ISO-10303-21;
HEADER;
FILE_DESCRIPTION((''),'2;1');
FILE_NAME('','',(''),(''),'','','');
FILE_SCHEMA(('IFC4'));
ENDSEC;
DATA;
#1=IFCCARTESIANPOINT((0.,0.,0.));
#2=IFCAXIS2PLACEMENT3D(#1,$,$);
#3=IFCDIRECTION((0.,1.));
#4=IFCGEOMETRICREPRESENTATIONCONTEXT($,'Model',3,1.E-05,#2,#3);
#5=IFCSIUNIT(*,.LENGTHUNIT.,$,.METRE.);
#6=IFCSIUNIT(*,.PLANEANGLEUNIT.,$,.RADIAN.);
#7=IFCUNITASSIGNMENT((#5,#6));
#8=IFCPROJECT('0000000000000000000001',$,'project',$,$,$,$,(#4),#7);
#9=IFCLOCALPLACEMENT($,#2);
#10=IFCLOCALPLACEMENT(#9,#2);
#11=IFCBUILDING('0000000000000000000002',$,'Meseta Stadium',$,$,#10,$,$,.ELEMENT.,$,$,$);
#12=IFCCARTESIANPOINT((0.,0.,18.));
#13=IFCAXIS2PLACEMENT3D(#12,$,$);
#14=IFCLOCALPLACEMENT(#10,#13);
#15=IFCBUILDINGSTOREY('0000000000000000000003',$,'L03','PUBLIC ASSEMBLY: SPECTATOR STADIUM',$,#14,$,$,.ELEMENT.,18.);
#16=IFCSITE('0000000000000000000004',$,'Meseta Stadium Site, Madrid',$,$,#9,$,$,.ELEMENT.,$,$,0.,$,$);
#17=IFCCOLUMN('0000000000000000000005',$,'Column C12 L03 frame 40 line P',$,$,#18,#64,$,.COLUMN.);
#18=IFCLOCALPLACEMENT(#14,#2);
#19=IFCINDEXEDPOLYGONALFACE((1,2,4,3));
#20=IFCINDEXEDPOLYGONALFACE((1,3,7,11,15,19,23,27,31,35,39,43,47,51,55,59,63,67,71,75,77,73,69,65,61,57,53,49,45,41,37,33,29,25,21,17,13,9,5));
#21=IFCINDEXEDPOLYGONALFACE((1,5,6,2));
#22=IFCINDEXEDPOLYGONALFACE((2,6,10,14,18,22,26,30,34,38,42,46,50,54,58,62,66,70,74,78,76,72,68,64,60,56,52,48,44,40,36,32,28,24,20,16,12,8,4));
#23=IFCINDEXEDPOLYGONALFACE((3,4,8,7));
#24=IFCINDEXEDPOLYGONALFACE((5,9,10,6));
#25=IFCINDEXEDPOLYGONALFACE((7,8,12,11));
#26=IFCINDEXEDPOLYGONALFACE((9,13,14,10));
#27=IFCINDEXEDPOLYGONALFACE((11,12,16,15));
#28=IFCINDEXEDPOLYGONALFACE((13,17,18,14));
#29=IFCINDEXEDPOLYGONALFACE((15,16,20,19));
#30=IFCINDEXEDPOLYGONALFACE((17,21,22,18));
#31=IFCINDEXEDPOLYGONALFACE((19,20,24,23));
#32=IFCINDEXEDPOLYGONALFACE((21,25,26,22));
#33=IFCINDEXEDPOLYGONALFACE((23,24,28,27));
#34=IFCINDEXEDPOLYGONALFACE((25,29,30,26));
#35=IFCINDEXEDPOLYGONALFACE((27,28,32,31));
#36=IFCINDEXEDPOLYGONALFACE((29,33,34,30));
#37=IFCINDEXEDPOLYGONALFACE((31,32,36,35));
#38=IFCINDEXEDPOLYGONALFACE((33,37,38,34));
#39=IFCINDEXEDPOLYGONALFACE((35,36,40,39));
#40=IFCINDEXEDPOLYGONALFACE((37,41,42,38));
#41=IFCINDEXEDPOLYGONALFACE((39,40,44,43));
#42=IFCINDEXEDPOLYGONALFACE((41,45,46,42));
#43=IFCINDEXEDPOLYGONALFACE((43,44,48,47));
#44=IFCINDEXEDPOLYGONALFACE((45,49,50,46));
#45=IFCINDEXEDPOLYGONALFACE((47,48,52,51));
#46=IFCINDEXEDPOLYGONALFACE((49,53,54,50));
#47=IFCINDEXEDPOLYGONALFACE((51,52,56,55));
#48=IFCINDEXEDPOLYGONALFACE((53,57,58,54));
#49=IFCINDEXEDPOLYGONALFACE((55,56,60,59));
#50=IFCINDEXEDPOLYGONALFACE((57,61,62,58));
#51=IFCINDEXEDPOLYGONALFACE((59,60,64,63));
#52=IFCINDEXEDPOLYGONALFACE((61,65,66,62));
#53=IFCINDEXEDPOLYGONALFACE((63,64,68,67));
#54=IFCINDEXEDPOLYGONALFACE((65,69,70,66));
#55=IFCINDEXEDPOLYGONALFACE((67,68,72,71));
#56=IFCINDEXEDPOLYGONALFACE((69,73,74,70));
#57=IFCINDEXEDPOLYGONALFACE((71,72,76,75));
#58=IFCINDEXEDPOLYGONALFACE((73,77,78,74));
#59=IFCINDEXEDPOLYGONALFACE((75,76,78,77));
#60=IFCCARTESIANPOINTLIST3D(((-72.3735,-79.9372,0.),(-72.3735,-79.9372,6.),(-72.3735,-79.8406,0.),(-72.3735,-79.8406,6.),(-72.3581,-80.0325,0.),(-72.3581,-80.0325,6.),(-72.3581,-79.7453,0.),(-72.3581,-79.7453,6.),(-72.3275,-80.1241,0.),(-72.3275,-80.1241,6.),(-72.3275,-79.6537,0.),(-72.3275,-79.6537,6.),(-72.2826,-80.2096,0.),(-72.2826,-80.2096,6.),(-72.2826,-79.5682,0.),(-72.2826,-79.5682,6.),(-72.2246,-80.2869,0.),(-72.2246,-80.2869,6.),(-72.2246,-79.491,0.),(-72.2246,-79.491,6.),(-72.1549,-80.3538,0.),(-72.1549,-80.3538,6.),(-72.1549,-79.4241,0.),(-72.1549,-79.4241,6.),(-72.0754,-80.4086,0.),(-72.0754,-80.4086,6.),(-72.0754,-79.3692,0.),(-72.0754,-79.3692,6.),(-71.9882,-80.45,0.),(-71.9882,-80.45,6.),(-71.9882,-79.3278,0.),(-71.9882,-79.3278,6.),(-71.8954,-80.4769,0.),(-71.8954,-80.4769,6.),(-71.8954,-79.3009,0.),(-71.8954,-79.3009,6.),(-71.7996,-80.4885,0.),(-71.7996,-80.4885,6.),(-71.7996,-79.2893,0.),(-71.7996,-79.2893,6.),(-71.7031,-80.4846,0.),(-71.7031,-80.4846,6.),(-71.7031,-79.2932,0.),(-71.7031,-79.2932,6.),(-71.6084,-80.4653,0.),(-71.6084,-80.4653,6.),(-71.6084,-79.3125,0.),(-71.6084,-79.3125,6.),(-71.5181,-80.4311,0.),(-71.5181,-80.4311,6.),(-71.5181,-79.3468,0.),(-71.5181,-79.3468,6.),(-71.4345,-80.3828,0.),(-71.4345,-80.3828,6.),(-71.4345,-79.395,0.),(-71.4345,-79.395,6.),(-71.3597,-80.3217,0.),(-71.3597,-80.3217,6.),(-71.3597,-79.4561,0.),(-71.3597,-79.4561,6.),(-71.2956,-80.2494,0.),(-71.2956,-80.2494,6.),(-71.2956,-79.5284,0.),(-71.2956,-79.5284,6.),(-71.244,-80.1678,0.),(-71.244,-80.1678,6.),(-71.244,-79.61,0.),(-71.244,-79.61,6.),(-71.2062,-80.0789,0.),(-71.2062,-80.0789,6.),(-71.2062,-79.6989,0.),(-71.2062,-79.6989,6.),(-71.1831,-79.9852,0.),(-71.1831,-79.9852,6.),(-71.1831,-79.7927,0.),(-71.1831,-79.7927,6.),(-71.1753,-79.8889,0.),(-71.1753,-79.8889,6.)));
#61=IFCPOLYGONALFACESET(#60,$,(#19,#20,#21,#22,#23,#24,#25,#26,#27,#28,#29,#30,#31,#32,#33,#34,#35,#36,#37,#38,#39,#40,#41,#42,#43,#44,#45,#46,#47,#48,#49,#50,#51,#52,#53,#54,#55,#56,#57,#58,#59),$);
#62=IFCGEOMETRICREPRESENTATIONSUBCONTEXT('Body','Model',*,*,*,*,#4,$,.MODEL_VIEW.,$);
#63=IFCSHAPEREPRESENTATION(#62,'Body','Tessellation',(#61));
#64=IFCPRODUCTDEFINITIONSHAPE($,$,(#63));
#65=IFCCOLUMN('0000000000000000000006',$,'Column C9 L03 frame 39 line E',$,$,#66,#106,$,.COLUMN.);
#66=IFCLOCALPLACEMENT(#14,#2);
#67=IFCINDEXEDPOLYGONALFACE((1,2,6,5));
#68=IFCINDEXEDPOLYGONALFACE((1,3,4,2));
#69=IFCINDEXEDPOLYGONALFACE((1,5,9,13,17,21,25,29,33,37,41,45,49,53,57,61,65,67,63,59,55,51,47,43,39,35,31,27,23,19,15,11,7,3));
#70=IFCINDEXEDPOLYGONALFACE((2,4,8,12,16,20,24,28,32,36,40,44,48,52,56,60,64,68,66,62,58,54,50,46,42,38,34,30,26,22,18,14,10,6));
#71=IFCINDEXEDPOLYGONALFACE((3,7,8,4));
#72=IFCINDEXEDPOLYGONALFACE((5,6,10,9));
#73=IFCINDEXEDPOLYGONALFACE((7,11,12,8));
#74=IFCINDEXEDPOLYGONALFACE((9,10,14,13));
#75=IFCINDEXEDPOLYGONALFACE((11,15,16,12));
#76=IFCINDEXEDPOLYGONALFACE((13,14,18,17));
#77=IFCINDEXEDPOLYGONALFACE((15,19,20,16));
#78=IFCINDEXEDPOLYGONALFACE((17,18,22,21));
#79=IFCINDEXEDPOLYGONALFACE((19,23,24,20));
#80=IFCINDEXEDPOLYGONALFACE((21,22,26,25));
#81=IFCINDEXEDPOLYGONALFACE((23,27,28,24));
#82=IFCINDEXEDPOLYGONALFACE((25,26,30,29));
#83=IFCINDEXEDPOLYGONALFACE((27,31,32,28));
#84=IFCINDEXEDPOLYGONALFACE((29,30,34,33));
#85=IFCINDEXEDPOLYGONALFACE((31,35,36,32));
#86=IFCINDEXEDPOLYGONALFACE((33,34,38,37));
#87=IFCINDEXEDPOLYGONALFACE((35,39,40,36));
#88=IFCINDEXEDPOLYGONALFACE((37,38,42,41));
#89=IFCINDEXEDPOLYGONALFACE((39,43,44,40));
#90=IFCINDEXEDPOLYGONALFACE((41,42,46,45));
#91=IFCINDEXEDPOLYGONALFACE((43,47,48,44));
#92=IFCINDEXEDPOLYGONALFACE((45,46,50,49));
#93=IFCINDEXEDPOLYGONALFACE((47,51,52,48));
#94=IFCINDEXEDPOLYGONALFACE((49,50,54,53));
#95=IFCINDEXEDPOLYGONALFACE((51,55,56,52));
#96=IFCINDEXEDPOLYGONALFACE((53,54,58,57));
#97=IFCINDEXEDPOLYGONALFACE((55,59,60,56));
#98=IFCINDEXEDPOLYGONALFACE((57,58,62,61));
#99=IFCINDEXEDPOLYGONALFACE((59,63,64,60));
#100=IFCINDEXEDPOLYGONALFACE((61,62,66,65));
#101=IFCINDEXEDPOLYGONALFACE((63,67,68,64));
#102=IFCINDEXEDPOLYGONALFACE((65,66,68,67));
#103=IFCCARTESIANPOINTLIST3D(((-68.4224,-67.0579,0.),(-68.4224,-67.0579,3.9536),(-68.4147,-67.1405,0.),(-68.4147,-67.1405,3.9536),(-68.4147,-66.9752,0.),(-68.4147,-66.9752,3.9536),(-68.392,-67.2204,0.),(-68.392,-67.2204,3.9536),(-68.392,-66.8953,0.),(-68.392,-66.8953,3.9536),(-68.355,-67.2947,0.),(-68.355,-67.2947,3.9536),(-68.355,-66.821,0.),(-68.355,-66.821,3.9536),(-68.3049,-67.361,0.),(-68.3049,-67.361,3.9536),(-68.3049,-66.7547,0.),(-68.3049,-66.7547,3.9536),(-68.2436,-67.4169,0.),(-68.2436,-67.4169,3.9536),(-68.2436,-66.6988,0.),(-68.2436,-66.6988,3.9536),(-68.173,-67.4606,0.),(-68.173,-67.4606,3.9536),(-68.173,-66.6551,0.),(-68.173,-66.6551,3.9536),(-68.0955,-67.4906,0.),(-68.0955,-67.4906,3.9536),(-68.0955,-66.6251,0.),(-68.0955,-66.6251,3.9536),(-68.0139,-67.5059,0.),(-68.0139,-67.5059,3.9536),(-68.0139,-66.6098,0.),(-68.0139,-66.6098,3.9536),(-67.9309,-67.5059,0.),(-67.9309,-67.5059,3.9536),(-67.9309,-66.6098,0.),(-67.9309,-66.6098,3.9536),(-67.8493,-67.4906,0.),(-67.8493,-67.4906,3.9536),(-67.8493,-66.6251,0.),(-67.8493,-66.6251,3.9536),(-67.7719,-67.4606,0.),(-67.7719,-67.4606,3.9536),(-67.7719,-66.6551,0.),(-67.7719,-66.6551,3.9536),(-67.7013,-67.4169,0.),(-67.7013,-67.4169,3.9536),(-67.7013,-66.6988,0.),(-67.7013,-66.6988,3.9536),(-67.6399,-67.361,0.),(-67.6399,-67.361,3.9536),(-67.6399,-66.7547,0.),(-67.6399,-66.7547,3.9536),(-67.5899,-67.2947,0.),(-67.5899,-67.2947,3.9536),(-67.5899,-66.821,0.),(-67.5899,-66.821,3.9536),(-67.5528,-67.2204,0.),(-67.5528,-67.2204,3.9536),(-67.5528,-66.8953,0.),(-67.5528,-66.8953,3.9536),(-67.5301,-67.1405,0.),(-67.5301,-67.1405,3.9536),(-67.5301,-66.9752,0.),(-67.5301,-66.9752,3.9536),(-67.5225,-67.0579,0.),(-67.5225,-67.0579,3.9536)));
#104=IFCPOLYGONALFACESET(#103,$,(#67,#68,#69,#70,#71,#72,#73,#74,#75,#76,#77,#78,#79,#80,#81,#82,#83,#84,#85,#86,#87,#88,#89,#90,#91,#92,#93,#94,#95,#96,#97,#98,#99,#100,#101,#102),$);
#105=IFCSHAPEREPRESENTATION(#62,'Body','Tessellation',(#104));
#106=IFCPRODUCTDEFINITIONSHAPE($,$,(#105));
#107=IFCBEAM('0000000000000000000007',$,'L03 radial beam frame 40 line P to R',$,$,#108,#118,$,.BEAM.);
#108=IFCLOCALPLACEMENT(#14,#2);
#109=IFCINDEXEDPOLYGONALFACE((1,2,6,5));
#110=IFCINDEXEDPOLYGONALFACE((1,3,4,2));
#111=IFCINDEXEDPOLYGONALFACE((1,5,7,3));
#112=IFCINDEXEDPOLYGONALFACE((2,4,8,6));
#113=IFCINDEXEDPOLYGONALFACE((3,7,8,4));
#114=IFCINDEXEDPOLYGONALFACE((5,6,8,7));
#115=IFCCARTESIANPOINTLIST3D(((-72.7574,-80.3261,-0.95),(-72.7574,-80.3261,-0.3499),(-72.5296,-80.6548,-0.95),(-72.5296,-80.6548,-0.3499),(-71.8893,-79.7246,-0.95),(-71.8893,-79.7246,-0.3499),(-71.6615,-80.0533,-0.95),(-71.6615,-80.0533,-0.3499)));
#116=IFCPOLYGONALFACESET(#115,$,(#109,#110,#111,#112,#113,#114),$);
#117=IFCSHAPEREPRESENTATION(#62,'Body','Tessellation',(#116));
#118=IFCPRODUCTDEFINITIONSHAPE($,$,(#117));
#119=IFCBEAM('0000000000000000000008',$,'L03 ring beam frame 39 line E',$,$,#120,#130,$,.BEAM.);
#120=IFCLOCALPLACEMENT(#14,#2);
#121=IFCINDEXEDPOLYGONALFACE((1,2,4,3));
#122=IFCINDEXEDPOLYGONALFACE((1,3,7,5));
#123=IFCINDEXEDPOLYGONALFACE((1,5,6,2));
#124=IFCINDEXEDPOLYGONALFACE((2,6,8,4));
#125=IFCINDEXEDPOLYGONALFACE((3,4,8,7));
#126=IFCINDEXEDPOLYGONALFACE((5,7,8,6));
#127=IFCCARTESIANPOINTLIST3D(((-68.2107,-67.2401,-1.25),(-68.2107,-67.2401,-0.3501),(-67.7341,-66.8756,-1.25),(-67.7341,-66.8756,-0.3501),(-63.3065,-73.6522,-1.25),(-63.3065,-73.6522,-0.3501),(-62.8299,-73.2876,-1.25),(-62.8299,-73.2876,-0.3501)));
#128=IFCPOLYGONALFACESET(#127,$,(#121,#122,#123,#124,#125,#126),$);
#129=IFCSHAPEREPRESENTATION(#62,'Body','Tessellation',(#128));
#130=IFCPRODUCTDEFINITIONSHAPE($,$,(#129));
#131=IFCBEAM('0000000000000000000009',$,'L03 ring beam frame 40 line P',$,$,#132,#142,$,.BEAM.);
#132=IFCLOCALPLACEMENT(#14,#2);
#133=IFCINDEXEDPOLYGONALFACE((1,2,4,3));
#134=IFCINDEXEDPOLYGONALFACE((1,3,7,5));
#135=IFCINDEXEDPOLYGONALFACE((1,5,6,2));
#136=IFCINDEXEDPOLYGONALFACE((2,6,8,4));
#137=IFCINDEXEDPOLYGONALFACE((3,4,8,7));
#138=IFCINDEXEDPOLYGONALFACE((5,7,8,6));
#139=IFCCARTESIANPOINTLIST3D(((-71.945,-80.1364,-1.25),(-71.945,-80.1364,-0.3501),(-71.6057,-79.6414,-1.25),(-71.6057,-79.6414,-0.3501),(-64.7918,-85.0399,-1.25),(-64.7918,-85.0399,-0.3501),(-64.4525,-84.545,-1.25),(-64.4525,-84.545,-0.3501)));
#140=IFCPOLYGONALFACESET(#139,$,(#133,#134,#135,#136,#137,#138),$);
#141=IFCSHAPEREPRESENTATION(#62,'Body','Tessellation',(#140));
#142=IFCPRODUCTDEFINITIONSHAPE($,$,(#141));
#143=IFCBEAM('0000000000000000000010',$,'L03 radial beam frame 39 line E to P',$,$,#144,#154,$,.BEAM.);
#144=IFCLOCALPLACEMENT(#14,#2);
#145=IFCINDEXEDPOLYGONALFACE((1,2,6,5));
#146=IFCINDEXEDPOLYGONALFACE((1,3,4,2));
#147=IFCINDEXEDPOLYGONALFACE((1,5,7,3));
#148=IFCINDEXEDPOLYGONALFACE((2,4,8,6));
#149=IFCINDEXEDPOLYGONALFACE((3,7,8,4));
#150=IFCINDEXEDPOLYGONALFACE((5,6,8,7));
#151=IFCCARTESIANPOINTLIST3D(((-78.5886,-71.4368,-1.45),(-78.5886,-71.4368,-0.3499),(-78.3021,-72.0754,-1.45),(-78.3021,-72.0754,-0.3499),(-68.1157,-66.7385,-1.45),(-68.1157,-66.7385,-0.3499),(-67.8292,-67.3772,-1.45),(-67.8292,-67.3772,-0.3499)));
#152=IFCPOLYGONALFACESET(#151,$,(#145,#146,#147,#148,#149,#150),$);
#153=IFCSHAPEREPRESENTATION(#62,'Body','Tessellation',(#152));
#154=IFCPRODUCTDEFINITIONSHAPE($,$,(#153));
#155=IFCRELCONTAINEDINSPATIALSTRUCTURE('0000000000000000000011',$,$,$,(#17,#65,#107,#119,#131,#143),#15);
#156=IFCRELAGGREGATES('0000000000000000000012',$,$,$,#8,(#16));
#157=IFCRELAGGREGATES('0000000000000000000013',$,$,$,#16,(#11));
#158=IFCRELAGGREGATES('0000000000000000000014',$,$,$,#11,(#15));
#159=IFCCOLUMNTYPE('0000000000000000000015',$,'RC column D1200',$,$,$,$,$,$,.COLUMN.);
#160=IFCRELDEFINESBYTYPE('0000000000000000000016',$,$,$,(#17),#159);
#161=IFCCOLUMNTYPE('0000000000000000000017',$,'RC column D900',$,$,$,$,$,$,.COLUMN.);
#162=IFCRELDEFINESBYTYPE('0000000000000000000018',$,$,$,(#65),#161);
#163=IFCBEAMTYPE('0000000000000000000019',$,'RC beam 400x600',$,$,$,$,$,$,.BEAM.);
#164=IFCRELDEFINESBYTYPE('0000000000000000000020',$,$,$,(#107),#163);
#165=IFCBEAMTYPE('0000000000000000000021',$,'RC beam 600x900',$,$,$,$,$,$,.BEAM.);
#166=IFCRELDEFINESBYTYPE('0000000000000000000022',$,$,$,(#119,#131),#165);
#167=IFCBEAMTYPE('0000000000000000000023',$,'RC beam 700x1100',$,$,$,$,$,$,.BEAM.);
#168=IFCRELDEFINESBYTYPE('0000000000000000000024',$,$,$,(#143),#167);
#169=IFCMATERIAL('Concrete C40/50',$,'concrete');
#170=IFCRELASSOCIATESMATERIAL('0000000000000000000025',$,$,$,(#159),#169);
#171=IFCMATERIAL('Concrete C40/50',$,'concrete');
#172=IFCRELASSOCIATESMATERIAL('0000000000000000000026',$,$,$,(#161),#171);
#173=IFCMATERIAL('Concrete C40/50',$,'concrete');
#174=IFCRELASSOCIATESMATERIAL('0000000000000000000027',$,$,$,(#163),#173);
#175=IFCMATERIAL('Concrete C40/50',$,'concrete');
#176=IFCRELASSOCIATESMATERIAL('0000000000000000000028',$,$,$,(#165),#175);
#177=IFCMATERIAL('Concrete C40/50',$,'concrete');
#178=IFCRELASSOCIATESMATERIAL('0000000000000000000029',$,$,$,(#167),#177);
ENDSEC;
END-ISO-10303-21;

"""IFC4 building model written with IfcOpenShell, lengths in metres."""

from ifc_helpers import new_model, si_unit, direction, frame, origin, origin_2d, place, context, subcontext, project, spatial, rectangle, circle, extrude, material, material_profile, profile_set, type_object, element, save


model = new_model("IFC4")

# Units and contexts
model_context = context("Model", 3, precision=1e-05, world=origin(), true_north=direction((0.0, 1.0)))
body_context = subcontext(model_context, "Body", "Model", "MODEL_VIEW")
ifc_project = project(units=[si_unit("LENGTHUNIT", "METRE"), si_unit("PLANEANGLEUNIT", "RADIAN")], contexts=[model_context])

# Site, building, storey
site_placement = place(None, origin())
site = spatial("IfcSite", under=ifc_project, at=site_placement, Name="Meseta Stadium Site, Madrid", CompositionType="ELEMENT", RefElevation=0.0)
building_placement = place(site_placement, origin())
building = spatial("IfcBuilding", under=site, at=building_placement, Name="Meseta Stadium", CompositionType="ELEMENT")
storey_placement = place(building_placement, frame((0.0, 0.0, 18.0)))
storey = spatial("IfcBuildingStorey", under=building, at=storey_placement, Name="L03", Description="PUBLIC ASSEMBLY: SPECTATOR STADIUM", CompositionType="ELEMENT", Elevation=18.0)

# Columns
ifc_material_1 = material(Name="Concrete C40/50", Category="concrete")
ifc_material_profile_1 = material_profile(ifc_material_1, circle(Radius=0.6001, at=origin_2d()), Name="RC D1200")
ifc_profile_set_1 = profile_set([ifc_material_profile_1], Name="Concrete C40/50")
column_type_1 = type_object("IfcColumnType", Name="RC column D1200", PredefinedType="COLUMN", material=ifc_profile_set_1)
column_1_placement = place(storey_placement, frame((-71.7754, -79.8889, 0.0), z_axis=(0.0, 0.0, 1.0), x_axis=(1.0, 0.0, 0.0)))
element("IfcColumn", 1, at=column_1_placement, inside=storey, type_object=column_type_1, Name="Column C12 L03 frame 40 line P", PredefinedType="COLUMN", context=body_context, shape_type="SweptSolid", body=[
    extrude(circle(Radius=0.6001, at=origin_2d()), origin(), (0.0, 0.0, 1.0), 6.0),
])
ifc_material_2 = material(Name="Concrete C40/50", Category="concrete")
ifc_material_profile_2 = material_profile(ifc_material_2, circle(Radius=0.45, at=origin_2d()), Name="RC D900")
ifc_profile_set_2 = profile_set([ifc_material_profile_2], Name="Concrete C40/50")
column_type_2 = type_object("IfcColumnType", Name="RC column D900", PredefinedType="COLUMN", material=ifc_profile_set_2)
column_2_placement = place(storey_placement, frame((-67.9724, -67.0579, 0.0), z_axis=(0.0, 0.0, 1.0), x_axis=(1.0, 0.0, 0.0)))
element("IfcColumn", 2, at=column_2_placement, inside=storey, type_object=column_type_2, Name="Column C9 L03 frame 39 line E", PredefinedType="COLUMN", context=body_context, shape_type="SweptSolid", body=[
    extrude(circle(Radius=0.45, at=origin_2d()), origin(), (0.0, 0.0, 1.0), 3.9536),
])

# Beams
ifc_material_3 = material(Name="Concrete C40/50", Category="concrete")
ifc_material_profile_3 = material_profile(ifc_material_3, rectangle(XDim=0.3999, YDim=0.6001, at=origin_2d()), Name="RC 400x600")
ifc_profile_set_3 = profile_set([ifc_material_profile_3], Name="Concrete C40/50")
beam_type_1 = type_object("IfcBeamType", Name="RC beam 400x600", PredefinedType="BEAM", material=ifc_profile_set_3)
beam_1_placement = place(storey_placement, frame((-71.7754, -79.8889, -0.6499), z_axis=(-0.821959, -0.569546, 0.0), x_axis=(0.569546, -0.821959, 0.0)))
element("IfcBeam", 3, at=beam_1_placement, inside=storey, type_object=beam_type_1, Name="L03 radial beam frame 40 line P to R", PredefinedType="BEAM", context=body_context, shape_type="SweptSolid", body=[
    extrude(rectangle(XDim=0.3999, YDim=0.6001, at=origin_2d()), origin(), (0.0, 0.0, 1.0), 1.0562),
])
ifc_material_4 = material(Name="Concrete C40/50", Category="concrete")
ifc_material_profile_4 = material_profile(ifc_material_4, rectangle(XDim=0.6001, YDim=0.8999, at=origin_2d()), Name="RC 600x900")
ifc_profile_set_4 = profile_set([ifc_material_profile_4], Name="Concrete C40/50")
beam_type_2 = type_object("IfcBeamType", Name="RC beam 600x900", PredefinedType="BEAM", material=ifc_profile_set_4)
beam_2_placement = place(storey_placement, frame((-67.9724, -67.0579, -0.8), z_axis=(0.607522, -0.794303, 0.0), x_axis=(0.794303, 0.607522, 0.0)))
element("IfcBeam", 4, at=beam_2_placement, inside=storey, type_object=beam_type_2, Name="L03 ring beam frame 39 line E", PredefinedType="BEAM", context=body_context, shape_type="SweptSolid", body=[
    extrude(rectangle(XDim=0.6001, YDim=0.8999, at=origin_2d()), origin(), (0.0, 0.0, 1.0), 8.0725),
])
beam_3_placement = place(storey_placement, frame((-71.7754, -79.8889, -0.8), z_axis=(0.824813, -0.565405, 0.0), x_axis=(0.565405, 0.824813, 0.0)))
element("IfcBeam", 5, at=beam_3_placement, inside=storey, type_object=beam_type_2, Name="L03 ring beam frame 40 line P", PredefinedType="BEAM", context=body_context, shape_type="SweptSolid", body=[
    extrude(rectangle(XDim=0.6001, YDim=0.8999, at=origin_2d()), origin(), (0.0, 0.0, 1.0), 8.6726),
])
ifc_material_5 = material(Name="Concrete C40/50", Category="concrete")
ifc_material_profile_5 = material_profile(ifc_material_5, rectangle(XDim=0.7, YDim=1.1001, at=origin_2d()), Name="RC 700x1100")
ifc_profile_set_5 = profile_set([ifc_material_profile_5], Name="Concrete C40/50")
beam_type_3 = type_object("IfcBeamType", Name="RC beam 700x1100", PredefinedType="BEAM", material=ifc_profile_set_5)
beam_4_placement = place(storey_placement, frame((-67.9724, -67.0579, -0.8999), z_axis=(-0.912396, -0.409309, 0.0), x_axis=(0.409309, -0.912396, 0.0)))
element("IfcBeam", 6, at=beam_4_placement, inside=storey, type_object=beam_type_3, Name="L03 radial beam frame 39 line E to P", PredefinedType="BEAM", context=body_context, shape_type="SweptSolid", body=[
    extrude(rectangle(XDim=0.7, YDim=1.1001, at=origin_2d()), origin(), (0.0, 0.0, 1.0), 11.4785),
])

save(model, "model.ifc")
